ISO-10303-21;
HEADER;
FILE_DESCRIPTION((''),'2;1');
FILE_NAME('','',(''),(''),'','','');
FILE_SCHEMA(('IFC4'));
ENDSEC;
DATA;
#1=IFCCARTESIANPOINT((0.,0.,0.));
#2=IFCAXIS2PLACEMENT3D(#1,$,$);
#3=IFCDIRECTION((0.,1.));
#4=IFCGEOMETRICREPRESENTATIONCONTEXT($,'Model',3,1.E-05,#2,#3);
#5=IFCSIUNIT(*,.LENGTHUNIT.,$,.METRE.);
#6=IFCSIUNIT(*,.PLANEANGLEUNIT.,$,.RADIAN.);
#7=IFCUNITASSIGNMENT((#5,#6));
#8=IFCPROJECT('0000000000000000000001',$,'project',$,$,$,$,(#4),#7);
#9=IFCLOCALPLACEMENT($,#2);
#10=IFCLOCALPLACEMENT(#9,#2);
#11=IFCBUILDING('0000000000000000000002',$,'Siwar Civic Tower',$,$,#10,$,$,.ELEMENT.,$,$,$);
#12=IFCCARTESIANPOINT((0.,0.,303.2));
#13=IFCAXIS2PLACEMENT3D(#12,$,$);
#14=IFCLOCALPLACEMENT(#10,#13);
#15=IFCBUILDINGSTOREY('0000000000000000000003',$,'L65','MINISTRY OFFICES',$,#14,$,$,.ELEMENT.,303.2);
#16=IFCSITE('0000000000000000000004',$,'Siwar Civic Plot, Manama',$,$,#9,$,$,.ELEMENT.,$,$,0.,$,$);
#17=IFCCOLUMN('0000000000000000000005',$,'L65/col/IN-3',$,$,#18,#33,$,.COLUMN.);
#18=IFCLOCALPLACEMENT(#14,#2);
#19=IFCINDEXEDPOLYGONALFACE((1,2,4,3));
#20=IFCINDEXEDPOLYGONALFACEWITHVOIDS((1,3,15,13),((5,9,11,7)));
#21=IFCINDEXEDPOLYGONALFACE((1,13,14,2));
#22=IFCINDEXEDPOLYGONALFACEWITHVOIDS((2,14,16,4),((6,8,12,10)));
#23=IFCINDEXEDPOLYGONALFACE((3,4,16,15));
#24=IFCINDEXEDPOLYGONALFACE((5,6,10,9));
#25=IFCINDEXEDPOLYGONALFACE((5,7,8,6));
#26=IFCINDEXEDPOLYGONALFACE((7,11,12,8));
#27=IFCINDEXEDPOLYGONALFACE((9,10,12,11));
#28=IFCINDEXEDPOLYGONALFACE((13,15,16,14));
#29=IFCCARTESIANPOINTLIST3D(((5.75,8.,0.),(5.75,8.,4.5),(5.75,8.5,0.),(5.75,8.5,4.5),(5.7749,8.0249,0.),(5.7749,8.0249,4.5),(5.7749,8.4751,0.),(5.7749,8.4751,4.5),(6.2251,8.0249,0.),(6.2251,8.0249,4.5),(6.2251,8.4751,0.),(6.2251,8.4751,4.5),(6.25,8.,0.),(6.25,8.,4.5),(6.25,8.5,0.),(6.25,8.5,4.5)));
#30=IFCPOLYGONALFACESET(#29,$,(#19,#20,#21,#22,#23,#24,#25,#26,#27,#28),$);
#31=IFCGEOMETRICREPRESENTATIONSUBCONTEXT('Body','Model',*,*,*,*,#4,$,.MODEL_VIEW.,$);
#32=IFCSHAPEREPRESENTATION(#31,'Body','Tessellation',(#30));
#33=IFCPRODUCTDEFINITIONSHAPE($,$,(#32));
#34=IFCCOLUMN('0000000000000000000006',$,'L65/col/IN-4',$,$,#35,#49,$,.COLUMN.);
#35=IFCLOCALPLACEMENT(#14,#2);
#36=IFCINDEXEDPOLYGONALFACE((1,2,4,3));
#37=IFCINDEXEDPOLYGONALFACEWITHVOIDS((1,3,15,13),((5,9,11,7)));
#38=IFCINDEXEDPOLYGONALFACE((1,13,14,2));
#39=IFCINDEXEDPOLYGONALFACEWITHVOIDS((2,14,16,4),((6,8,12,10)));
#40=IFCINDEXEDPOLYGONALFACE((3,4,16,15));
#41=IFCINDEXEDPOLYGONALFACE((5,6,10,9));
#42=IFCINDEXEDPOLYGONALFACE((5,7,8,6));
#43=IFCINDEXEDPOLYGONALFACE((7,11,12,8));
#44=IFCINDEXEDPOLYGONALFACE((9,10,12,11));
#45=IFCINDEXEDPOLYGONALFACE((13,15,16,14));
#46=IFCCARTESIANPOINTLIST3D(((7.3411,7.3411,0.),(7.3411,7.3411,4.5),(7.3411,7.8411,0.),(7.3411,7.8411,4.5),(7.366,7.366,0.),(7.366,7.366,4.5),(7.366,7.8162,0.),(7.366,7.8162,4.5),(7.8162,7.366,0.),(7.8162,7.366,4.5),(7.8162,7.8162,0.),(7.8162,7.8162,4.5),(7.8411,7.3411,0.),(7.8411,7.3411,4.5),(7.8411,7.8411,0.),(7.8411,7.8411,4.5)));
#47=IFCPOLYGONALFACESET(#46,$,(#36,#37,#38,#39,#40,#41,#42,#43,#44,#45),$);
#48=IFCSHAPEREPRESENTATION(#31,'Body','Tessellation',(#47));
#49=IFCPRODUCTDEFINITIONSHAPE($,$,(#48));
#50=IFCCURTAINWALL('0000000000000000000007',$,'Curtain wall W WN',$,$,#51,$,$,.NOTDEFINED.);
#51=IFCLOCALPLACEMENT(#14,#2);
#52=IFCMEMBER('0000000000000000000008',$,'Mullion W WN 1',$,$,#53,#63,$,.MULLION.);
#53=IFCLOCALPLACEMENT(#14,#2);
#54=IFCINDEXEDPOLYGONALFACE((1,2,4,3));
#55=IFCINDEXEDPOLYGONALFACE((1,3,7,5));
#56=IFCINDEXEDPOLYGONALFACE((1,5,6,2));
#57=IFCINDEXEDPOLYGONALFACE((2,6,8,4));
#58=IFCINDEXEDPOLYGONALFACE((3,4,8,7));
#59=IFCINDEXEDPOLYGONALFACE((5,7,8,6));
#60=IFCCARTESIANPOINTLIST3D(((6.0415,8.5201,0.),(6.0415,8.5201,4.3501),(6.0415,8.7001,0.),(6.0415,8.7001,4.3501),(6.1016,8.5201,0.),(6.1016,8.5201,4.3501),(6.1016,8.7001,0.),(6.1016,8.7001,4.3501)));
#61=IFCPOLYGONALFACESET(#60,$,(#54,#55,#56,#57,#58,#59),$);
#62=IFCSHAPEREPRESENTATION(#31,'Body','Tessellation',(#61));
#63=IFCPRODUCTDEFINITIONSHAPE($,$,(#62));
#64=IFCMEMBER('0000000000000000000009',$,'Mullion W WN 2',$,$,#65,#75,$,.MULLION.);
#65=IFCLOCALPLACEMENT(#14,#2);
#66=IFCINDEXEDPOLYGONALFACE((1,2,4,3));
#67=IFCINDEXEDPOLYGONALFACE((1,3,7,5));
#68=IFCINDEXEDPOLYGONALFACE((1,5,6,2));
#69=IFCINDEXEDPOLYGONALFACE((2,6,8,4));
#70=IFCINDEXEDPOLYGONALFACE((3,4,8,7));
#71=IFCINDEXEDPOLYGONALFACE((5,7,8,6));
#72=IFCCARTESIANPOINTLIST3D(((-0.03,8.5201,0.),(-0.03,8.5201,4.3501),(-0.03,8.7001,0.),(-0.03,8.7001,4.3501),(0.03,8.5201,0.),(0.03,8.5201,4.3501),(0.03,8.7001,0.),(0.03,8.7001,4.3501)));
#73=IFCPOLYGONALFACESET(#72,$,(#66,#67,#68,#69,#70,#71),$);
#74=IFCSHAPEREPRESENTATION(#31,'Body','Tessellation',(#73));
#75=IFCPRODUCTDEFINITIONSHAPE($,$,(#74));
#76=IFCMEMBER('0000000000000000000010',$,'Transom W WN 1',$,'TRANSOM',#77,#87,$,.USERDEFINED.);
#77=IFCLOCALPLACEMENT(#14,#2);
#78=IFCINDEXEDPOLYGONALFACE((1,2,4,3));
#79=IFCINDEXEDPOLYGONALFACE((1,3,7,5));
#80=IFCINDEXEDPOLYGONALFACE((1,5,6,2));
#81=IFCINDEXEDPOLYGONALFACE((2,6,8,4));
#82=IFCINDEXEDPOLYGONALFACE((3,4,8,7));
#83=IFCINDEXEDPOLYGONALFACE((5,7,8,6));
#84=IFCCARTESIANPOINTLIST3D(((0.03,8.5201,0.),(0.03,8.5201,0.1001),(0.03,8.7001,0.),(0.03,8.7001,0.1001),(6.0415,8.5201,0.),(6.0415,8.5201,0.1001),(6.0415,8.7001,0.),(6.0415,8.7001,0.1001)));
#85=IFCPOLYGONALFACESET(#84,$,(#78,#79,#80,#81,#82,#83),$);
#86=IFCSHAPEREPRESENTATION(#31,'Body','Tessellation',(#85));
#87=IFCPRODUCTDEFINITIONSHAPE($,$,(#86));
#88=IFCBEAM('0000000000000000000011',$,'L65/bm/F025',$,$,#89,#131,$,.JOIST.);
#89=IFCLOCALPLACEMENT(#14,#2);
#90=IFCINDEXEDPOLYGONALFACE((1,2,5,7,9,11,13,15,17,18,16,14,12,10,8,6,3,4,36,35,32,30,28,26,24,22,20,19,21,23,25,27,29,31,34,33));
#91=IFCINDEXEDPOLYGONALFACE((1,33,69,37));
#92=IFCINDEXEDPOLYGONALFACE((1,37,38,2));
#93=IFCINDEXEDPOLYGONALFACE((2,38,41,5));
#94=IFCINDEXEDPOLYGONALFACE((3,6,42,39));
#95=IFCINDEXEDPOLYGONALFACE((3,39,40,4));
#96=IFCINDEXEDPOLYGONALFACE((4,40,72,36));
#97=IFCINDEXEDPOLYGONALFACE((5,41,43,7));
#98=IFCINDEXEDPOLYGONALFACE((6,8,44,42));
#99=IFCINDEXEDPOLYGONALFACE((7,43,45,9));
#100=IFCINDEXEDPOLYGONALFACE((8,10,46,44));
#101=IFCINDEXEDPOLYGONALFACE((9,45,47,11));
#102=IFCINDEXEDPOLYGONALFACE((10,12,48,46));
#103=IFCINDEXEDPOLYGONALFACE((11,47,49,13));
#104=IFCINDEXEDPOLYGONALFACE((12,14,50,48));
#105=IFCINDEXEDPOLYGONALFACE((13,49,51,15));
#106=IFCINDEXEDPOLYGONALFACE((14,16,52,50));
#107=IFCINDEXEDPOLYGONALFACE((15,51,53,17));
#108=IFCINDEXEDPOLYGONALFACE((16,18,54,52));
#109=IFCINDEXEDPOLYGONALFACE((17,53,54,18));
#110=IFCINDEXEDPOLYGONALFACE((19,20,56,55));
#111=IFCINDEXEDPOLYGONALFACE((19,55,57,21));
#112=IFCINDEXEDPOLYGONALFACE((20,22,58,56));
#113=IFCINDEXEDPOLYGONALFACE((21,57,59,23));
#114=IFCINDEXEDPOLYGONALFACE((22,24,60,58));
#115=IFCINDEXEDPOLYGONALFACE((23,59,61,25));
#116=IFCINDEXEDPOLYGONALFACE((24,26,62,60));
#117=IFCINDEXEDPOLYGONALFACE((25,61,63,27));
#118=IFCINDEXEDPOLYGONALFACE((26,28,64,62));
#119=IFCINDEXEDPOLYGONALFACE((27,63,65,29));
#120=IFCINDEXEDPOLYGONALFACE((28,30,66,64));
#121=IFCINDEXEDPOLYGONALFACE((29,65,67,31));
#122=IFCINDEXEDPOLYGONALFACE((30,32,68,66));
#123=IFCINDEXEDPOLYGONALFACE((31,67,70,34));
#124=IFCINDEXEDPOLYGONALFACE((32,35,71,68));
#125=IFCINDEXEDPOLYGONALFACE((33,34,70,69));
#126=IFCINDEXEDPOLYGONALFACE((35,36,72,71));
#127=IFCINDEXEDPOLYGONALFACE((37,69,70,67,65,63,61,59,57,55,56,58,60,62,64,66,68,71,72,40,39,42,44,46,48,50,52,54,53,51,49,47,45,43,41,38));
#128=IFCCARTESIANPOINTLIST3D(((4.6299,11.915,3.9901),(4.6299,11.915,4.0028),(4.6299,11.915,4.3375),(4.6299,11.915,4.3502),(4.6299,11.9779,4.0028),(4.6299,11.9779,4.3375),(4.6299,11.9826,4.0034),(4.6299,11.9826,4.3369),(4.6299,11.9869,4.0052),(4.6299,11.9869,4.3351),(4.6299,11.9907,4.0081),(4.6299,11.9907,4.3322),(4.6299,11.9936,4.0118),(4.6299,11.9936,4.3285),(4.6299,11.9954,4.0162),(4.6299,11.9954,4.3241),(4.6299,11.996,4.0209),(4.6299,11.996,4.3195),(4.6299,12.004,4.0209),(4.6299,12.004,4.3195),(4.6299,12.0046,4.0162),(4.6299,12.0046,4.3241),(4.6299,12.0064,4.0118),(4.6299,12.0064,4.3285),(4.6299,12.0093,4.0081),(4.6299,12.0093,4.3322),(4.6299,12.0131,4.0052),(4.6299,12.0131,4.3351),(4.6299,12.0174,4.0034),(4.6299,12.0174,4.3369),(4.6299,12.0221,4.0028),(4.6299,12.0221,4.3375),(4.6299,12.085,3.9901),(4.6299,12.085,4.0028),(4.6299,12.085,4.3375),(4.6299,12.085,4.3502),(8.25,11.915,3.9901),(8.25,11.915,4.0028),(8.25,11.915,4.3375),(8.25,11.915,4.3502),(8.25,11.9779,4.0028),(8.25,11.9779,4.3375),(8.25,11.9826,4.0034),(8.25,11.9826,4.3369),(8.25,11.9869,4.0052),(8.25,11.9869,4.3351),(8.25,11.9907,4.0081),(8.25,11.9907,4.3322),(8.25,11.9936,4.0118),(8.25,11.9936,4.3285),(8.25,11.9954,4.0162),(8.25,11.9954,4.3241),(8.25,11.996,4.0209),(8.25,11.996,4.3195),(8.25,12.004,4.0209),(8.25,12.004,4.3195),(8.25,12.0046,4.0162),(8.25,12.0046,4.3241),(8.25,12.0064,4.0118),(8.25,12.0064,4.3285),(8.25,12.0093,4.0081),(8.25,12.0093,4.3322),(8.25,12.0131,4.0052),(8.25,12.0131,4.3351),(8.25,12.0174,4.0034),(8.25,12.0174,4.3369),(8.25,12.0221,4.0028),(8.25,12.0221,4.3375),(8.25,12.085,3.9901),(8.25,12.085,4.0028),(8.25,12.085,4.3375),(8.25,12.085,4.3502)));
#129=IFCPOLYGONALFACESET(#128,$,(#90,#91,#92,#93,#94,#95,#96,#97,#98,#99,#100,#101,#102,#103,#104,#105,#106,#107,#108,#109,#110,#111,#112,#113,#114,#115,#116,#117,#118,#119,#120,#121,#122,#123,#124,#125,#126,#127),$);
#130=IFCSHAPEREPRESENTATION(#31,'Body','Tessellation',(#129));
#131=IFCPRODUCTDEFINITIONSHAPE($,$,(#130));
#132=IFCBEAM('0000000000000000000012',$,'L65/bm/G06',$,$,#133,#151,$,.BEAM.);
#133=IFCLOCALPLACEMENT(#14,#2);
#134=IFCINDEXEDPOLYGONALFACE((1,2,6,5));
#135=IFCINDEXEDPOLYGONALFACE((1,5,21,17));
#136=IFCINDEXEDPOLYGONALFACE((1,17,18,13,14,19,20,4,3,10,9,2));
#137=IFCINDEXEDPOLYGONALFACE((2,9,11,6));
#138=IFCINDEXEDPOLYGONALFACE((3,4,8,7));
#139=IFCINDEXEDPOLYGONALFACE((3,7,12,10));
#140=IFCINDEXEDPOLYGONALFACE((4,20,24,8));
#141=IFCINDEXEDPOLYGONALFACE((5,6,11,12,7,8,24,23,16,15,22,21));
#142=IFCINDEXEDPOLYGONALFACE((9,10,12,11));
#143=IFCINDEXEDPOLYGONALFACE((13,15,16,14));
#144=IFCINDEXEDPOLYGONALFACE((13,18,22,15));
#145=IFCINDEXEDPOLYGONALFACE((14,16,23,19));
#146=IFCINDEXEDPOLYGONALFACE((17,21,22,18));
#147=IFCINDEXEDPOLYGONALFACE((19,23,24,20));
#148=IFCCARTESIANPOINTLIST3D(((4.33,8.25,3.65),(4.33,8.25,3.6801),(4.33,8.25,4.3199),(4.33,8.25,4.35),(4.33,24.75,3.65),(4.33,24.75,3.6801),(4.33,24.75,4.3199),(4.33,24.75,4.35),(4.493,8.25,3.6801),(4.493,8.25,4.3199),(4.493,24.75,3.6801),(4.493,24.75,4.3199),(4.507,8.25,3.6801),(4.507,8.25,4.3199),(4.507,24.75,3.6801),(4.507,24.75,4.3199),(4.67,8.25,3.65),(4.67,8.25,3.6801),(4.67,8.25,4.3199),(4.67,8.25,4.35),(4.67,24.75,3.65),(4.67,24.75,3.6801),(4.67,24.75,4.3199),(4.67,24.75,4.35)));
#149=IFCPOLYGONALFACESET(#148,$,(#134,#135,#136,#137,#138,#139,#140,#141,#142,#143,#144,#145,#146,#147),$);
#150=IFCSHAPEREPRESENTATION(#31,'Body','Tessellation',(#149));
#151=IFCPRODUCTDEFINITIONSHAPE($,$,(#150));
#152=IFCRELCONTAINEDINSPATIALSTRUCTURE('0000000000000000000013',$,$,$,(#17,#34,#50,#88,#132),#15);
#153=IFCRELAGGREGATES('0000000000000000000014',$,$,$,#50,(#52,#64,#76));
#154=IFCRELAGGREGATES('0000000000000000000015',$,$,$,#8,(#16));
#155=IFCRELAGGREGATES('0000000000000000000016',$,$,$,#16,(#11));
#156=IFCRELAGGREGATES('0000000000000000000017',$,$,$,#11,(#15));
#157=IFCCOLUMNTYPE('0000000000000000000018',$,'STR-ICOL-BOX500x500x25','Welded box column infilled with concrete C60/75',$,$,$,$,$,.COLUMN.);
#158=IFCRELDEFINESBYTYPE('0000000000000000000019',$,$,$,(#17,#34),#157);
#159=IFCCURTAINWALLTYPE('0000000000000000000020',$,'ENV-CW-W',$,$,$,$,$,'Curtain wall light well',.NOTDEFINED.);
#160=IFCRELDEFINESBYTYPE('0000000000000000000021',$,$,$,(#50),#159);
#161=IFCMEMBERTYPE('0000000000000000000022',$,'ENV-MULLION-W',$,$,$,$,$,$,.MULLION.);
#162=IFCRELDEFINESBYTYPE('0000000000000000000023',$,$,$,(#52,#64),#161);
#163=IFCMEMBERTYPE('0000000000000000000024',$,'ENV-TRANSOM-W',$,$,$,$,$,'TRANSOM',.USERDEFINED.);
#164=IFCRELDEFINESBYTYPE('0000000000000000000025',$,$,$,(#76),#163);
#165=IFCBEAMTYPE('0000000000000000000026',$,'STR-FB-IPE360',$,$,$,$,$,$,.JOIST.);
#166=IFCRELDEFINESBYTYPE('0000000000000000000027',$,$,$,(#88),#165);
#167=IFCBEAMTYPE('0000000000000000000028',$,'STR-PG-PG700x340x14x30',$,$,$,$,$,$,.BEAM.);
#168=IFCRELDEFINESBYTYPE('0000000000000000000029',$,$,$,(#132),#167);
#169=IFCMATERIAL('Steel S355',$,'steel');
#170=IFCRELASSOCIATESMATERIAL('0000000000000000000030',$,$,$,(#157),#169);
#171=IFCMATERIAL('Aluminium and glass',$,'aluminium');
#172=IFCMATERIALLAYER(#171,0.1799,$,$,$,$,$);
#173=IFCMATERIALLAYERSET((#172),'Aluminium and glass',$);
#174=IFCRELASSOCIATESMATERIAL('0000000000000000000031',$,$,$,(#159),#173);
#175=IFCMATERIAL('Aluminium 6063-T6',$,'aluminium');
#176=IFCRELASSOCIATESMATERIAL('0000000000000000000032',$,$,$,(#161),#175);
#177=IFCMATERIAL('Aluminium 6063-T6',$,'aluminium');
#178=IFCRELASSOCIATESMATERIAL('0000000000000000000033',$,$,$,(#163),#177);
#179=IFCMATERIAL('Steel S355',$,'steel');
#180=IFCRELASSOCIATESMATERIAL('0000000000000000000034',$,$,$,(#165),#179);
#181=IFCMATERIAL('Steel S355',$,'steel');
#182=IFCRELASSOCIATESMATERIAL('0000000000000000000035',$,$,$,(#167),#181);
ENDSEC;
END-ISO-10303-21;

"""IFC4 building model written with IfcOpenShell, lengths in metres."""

from ifc_helpers import new_model, si_unit, direction, frame, origin, origin_2d, place, context, subcontext, project, spatial, rectangle, hollow_rectangle, i_section, extrude, material, layer, layer_set, material_profile, profile_set, type_object, element, aggregate, save


model = new_model("IFC4")

# Units and contexts
model_context = context("Model", 3, precision=1e-05, world=origin(), true_north=direction((0.0, 1.0)))
body_context = subcontext(model_context, "Body", "Model", "MODEL_VIEW")
ifc_project = project(units=[si_unit("LENGTHUNIT", "METRE"), si_unit("PLANEANGLEUNIT", "RADIAN")], contexts=[model_context])

# Site, building, storey
site_placement = place(None, origin())
site = spatial("IfcSite", under=ifc_project, at=site_placement, Name="Siwar Civic Plot, Manama", CompositionType="ELEMENT", RefElevation=0.0)
building_placement = place(site_placement, origin())
building = spatial("IfcBuilding", under=site, at=building_placement, Name="Siwar Civic Tower", CompositionType="ELEMENT")
storey_placement = place(building_placement, frame((0.0, 0.0, 303.2)))
storey = spatial("IfcBuildingStorey", under=building, at=storey_placement, Name="L65", Description="MINISTRY OFFICES", CompositionType="ELEMENT", Elevation=303.2)

# Columns
ifc_material_1 = material(Name="Steel S355", Category="steel")
ifc_material_profile_1 = material_profile(ifc_material_1, hollow_rectangle(XDim=0.5, YDim=0.5, WallThickness=0.0249, at=origin_2d()), Name="BOX500x500x25")
ifc_profile_set_1 = profile_set([ifc_material_profile_1], Name="Steel S355")
column_type = type_object("IfcColumnType", Name="STR-ICOL-BOX500x500x25", Description="Welded box column infilled with concrete C60/75", PredefinedType="COLUMN", material=ifc_profile_set_1)
for number, where, z_axis, x_axis, name in (
    (1, (6.0, 8.25, 0.0), (0.0, 0.0, 1.0), (1.0, 0.0, 0.0), "L65/col/IN-3"),
    (2, (7.5911, 7.5911, 0.0), (0.0, 0.0, 1.0), (1.0, 0.0, 0.0), "L65/col/IN-4"),
):
    element("IfcColumn", number, at=place(storey_placement, frame(where, z_axis=z_axis, x_axis=x_axis)), inside=storey, type_object=column_type, Name=name, PredefinedType="COLUMN", context=body_context, shape_type="SweptSolid", body=[
        extrude(hollow_rectangle(XDim=0.5, YDim=0.5, WallThickness=0.0249, at=origin_2d()), origin(), (0.0, 0.0, 1.0), 4.5),
    ])

# Curtain wall, members
ifc_material_2 = material(Name="Aluminium and glass", Category="aluminium")
ifc_layer_1 = layer(ifc_material_2, 0.1799)
ifc_layer_set_1 = layer_set([ifc_layer_1], Name="Aluminium and glass")
curtain_wall_type = type_object("IfcCurtainWallType", Name="ENV-CW-W", ElementType="Curtain wall light well", PredefinedType="NOTDEFINED", material=ifc_layer_set_1)
curtain_wall_placement = place(storey_placement, origin())
curtain_wall = element("IfcCurtainWall", 3, at=curtain_wall_placement, inside=storey, type_object=curtain_wall_type, Name="Curtain wall W WN", PredefinedType="NOTDEFINED")
ifc_material_3 = material(Name="Aluminium 6063-T6", Category="aluminium")
ifc_material_profile_2 = material_profile(ifc_material_3, rectangle(XDim=0.1799, YDim=0.0601, at=origin_2d()), Name="AL 180x60")
ifc_profile_set_2 = profile_set([ifc_material_profile_2], Name="Aluminium 6063-T6")
member_type_1 = type_object("IfcMemberType", Name="ENV-MULLION-W", PredefinedType="MULLION", material=ifc_profile_set_2)
member_1_placement = place(storey_placement, frame((6.0715, 8.6101, 0.0), z_axis=(0.0, 0.0, 1.0), x_axis=(0.0, -1.0, 0.0)))
member_1 = element("IfcMember", 4, at=member_1_placement, type_object=member_type_1, Name="Mullion W WN 1", PredefinedType="MULLION", context=body_context, shape_type="SweptSolid", body=[
    extrude(rectangle(XDim=0.1799, YDim=0.0601, at=origin_2d()), origin(), (0.0, 0.0, 1.0), 4.3501),
])
member_2_placement = place(storey_placement, frame((0.0, 8.6101, 0.0), z_axis=(0.0, 0.0, 1.0), x_axis=(0.0, -1.0, 0.0)))
member_2 = element("IfcMember", 5, at=member_2_placement, type_object=member_type_1, Name="Mullion W WN 2", PredefinedType="MULLION", context=body_context, shape_type="SweptSolid", body=[
    extrude(rectangle(XDim=0.1799, YDim=0.0601, at=origin_2d()), origin(), (0.0, 0.0, 1.0), 4.3501),
])
ifc_material_4 = material(Name="Aluminium 6063-T6", Category="aluminium")
ifc_material_profile_3 = material_profile(ifc_material_4, rectangle(XDim=0.1799, YDim=0.1001, at=origin_2d()), Name="AL 180x100")
ifc_profile_set_3 = profile_set([ifc_material_profile_3], Name="Aluminium 6063-T6")
member_type_2 = type_object("IfcMemberType", Name="ENV-TRANSOM-W", ElementType="TRANSOM", PredefinedType="USERDEFINED", material=ifc_profile_set_3)
member_3_placement = place(storey_placement, frame((6.0415, 8.6101, 0.05), z_axis=(-1.0, 0.0, 0.0), x_axis=(0.0, -1.0, 0.0)))
member_3 = element("IfcMember", 6, at=member_3_placement, type_object=member_type_2, Name="Transom W WN 1", ObjectType="TRANSOM", PredefinedType="USERDEFINED", context=body_context, shape_type="SweptSolid", body=[
    extrude(rectangle(XDim=0.1799, YDim=0.1001, at=origin_2d()), origin(), (0.0, 0.0, 1.0), 6.0115),
])

# Beams
ifc_material_5 = material(Name="Steel S355", Category="steel")
ifc_material_profile_4 = material_profile(ifc_material_5, i_section(OverallWidth=0.1699, OverallDepth=0.3601, WebThickness=0.0081, FlangeThickness=0.0127, FilletRadius=0.0181, at=origin_2d()), Name="IPE360")
ifc_profile_set_4 = profile_set([ifc_material_profile_4], Name="Steel S355")
beam_type_1 = type_object("IfcBeamType", Name="STR-FB-IPE360", PredefinedType="JOIST", material=ifc_profile_set_4)
beam_1_placement = place(storey_placement, frame((4.6299, 12.0, 4.1702), z_axis=(1.0, 0.0, 0.0), x_axis=(0.0, 1.0, 0.0)))
element("IfcBeam", 7, at=beam_1_placement, inside=storey, type_object=beam_type_1, Name="L65/bm/F025", PredefinedType="JOIST", context=body_context, shape_type="SweptSolid", body=[
    extrude(i_section(OverallWidth=0.1699, OverallDepth=0.3601, WebThickness=0.0081, FlangeThickness=0.0127, FilletRadius=0.0181, at=origin_2d()), origin(), (0.0, 0.0, 1.0), 3.6201),
])
ifc_material_6 = material(Name="Steel S355", Category="steel")
ifc_material_profile_5 = material_profile(ifc_material_6, i_section(OverallWidth=0.3401, OverallDepth=0.7, WebThickness=0.0139, FlangeThickness=0.03, at=origin_2d()), Name="PG700x340x14x30")
ifc_profile_set_5 = profile_set([ifc_material_profile_5], Name="Steel S355")
beam_type_2 = type_object("IfcBeamType", Name="STR-PG-PG700x340x14x30", PredefinedType="BEAM", material=ifc_profile_set_5)
beam_2_placement = place(storey_placement, frame((4.5, 8.25, 4.0), z_axis=(0.0, 1.0, 0.0), x_axis=(-1.0, 0.0, 0.0)))
element("IfcBeam", 8, at=beam_2_placement, inside=storey, type_object=beam_type_2, Name="L65/bm/G06", PredefinedType="BEAM", context=body_context, shape_type="SweptSolid", body=[
    extrude(i_section(OverallWidth=0.3401, OverallDepth=0.7, WebThickness=0.0139, FlangeThickness=0.03, at=origin_2d()), origin(), (0.0, 0.0, 1.0), 16.5),
])

aggregate(curtain_wall, [member_1, member_2, member_3])

save(model, "model.ifc")
